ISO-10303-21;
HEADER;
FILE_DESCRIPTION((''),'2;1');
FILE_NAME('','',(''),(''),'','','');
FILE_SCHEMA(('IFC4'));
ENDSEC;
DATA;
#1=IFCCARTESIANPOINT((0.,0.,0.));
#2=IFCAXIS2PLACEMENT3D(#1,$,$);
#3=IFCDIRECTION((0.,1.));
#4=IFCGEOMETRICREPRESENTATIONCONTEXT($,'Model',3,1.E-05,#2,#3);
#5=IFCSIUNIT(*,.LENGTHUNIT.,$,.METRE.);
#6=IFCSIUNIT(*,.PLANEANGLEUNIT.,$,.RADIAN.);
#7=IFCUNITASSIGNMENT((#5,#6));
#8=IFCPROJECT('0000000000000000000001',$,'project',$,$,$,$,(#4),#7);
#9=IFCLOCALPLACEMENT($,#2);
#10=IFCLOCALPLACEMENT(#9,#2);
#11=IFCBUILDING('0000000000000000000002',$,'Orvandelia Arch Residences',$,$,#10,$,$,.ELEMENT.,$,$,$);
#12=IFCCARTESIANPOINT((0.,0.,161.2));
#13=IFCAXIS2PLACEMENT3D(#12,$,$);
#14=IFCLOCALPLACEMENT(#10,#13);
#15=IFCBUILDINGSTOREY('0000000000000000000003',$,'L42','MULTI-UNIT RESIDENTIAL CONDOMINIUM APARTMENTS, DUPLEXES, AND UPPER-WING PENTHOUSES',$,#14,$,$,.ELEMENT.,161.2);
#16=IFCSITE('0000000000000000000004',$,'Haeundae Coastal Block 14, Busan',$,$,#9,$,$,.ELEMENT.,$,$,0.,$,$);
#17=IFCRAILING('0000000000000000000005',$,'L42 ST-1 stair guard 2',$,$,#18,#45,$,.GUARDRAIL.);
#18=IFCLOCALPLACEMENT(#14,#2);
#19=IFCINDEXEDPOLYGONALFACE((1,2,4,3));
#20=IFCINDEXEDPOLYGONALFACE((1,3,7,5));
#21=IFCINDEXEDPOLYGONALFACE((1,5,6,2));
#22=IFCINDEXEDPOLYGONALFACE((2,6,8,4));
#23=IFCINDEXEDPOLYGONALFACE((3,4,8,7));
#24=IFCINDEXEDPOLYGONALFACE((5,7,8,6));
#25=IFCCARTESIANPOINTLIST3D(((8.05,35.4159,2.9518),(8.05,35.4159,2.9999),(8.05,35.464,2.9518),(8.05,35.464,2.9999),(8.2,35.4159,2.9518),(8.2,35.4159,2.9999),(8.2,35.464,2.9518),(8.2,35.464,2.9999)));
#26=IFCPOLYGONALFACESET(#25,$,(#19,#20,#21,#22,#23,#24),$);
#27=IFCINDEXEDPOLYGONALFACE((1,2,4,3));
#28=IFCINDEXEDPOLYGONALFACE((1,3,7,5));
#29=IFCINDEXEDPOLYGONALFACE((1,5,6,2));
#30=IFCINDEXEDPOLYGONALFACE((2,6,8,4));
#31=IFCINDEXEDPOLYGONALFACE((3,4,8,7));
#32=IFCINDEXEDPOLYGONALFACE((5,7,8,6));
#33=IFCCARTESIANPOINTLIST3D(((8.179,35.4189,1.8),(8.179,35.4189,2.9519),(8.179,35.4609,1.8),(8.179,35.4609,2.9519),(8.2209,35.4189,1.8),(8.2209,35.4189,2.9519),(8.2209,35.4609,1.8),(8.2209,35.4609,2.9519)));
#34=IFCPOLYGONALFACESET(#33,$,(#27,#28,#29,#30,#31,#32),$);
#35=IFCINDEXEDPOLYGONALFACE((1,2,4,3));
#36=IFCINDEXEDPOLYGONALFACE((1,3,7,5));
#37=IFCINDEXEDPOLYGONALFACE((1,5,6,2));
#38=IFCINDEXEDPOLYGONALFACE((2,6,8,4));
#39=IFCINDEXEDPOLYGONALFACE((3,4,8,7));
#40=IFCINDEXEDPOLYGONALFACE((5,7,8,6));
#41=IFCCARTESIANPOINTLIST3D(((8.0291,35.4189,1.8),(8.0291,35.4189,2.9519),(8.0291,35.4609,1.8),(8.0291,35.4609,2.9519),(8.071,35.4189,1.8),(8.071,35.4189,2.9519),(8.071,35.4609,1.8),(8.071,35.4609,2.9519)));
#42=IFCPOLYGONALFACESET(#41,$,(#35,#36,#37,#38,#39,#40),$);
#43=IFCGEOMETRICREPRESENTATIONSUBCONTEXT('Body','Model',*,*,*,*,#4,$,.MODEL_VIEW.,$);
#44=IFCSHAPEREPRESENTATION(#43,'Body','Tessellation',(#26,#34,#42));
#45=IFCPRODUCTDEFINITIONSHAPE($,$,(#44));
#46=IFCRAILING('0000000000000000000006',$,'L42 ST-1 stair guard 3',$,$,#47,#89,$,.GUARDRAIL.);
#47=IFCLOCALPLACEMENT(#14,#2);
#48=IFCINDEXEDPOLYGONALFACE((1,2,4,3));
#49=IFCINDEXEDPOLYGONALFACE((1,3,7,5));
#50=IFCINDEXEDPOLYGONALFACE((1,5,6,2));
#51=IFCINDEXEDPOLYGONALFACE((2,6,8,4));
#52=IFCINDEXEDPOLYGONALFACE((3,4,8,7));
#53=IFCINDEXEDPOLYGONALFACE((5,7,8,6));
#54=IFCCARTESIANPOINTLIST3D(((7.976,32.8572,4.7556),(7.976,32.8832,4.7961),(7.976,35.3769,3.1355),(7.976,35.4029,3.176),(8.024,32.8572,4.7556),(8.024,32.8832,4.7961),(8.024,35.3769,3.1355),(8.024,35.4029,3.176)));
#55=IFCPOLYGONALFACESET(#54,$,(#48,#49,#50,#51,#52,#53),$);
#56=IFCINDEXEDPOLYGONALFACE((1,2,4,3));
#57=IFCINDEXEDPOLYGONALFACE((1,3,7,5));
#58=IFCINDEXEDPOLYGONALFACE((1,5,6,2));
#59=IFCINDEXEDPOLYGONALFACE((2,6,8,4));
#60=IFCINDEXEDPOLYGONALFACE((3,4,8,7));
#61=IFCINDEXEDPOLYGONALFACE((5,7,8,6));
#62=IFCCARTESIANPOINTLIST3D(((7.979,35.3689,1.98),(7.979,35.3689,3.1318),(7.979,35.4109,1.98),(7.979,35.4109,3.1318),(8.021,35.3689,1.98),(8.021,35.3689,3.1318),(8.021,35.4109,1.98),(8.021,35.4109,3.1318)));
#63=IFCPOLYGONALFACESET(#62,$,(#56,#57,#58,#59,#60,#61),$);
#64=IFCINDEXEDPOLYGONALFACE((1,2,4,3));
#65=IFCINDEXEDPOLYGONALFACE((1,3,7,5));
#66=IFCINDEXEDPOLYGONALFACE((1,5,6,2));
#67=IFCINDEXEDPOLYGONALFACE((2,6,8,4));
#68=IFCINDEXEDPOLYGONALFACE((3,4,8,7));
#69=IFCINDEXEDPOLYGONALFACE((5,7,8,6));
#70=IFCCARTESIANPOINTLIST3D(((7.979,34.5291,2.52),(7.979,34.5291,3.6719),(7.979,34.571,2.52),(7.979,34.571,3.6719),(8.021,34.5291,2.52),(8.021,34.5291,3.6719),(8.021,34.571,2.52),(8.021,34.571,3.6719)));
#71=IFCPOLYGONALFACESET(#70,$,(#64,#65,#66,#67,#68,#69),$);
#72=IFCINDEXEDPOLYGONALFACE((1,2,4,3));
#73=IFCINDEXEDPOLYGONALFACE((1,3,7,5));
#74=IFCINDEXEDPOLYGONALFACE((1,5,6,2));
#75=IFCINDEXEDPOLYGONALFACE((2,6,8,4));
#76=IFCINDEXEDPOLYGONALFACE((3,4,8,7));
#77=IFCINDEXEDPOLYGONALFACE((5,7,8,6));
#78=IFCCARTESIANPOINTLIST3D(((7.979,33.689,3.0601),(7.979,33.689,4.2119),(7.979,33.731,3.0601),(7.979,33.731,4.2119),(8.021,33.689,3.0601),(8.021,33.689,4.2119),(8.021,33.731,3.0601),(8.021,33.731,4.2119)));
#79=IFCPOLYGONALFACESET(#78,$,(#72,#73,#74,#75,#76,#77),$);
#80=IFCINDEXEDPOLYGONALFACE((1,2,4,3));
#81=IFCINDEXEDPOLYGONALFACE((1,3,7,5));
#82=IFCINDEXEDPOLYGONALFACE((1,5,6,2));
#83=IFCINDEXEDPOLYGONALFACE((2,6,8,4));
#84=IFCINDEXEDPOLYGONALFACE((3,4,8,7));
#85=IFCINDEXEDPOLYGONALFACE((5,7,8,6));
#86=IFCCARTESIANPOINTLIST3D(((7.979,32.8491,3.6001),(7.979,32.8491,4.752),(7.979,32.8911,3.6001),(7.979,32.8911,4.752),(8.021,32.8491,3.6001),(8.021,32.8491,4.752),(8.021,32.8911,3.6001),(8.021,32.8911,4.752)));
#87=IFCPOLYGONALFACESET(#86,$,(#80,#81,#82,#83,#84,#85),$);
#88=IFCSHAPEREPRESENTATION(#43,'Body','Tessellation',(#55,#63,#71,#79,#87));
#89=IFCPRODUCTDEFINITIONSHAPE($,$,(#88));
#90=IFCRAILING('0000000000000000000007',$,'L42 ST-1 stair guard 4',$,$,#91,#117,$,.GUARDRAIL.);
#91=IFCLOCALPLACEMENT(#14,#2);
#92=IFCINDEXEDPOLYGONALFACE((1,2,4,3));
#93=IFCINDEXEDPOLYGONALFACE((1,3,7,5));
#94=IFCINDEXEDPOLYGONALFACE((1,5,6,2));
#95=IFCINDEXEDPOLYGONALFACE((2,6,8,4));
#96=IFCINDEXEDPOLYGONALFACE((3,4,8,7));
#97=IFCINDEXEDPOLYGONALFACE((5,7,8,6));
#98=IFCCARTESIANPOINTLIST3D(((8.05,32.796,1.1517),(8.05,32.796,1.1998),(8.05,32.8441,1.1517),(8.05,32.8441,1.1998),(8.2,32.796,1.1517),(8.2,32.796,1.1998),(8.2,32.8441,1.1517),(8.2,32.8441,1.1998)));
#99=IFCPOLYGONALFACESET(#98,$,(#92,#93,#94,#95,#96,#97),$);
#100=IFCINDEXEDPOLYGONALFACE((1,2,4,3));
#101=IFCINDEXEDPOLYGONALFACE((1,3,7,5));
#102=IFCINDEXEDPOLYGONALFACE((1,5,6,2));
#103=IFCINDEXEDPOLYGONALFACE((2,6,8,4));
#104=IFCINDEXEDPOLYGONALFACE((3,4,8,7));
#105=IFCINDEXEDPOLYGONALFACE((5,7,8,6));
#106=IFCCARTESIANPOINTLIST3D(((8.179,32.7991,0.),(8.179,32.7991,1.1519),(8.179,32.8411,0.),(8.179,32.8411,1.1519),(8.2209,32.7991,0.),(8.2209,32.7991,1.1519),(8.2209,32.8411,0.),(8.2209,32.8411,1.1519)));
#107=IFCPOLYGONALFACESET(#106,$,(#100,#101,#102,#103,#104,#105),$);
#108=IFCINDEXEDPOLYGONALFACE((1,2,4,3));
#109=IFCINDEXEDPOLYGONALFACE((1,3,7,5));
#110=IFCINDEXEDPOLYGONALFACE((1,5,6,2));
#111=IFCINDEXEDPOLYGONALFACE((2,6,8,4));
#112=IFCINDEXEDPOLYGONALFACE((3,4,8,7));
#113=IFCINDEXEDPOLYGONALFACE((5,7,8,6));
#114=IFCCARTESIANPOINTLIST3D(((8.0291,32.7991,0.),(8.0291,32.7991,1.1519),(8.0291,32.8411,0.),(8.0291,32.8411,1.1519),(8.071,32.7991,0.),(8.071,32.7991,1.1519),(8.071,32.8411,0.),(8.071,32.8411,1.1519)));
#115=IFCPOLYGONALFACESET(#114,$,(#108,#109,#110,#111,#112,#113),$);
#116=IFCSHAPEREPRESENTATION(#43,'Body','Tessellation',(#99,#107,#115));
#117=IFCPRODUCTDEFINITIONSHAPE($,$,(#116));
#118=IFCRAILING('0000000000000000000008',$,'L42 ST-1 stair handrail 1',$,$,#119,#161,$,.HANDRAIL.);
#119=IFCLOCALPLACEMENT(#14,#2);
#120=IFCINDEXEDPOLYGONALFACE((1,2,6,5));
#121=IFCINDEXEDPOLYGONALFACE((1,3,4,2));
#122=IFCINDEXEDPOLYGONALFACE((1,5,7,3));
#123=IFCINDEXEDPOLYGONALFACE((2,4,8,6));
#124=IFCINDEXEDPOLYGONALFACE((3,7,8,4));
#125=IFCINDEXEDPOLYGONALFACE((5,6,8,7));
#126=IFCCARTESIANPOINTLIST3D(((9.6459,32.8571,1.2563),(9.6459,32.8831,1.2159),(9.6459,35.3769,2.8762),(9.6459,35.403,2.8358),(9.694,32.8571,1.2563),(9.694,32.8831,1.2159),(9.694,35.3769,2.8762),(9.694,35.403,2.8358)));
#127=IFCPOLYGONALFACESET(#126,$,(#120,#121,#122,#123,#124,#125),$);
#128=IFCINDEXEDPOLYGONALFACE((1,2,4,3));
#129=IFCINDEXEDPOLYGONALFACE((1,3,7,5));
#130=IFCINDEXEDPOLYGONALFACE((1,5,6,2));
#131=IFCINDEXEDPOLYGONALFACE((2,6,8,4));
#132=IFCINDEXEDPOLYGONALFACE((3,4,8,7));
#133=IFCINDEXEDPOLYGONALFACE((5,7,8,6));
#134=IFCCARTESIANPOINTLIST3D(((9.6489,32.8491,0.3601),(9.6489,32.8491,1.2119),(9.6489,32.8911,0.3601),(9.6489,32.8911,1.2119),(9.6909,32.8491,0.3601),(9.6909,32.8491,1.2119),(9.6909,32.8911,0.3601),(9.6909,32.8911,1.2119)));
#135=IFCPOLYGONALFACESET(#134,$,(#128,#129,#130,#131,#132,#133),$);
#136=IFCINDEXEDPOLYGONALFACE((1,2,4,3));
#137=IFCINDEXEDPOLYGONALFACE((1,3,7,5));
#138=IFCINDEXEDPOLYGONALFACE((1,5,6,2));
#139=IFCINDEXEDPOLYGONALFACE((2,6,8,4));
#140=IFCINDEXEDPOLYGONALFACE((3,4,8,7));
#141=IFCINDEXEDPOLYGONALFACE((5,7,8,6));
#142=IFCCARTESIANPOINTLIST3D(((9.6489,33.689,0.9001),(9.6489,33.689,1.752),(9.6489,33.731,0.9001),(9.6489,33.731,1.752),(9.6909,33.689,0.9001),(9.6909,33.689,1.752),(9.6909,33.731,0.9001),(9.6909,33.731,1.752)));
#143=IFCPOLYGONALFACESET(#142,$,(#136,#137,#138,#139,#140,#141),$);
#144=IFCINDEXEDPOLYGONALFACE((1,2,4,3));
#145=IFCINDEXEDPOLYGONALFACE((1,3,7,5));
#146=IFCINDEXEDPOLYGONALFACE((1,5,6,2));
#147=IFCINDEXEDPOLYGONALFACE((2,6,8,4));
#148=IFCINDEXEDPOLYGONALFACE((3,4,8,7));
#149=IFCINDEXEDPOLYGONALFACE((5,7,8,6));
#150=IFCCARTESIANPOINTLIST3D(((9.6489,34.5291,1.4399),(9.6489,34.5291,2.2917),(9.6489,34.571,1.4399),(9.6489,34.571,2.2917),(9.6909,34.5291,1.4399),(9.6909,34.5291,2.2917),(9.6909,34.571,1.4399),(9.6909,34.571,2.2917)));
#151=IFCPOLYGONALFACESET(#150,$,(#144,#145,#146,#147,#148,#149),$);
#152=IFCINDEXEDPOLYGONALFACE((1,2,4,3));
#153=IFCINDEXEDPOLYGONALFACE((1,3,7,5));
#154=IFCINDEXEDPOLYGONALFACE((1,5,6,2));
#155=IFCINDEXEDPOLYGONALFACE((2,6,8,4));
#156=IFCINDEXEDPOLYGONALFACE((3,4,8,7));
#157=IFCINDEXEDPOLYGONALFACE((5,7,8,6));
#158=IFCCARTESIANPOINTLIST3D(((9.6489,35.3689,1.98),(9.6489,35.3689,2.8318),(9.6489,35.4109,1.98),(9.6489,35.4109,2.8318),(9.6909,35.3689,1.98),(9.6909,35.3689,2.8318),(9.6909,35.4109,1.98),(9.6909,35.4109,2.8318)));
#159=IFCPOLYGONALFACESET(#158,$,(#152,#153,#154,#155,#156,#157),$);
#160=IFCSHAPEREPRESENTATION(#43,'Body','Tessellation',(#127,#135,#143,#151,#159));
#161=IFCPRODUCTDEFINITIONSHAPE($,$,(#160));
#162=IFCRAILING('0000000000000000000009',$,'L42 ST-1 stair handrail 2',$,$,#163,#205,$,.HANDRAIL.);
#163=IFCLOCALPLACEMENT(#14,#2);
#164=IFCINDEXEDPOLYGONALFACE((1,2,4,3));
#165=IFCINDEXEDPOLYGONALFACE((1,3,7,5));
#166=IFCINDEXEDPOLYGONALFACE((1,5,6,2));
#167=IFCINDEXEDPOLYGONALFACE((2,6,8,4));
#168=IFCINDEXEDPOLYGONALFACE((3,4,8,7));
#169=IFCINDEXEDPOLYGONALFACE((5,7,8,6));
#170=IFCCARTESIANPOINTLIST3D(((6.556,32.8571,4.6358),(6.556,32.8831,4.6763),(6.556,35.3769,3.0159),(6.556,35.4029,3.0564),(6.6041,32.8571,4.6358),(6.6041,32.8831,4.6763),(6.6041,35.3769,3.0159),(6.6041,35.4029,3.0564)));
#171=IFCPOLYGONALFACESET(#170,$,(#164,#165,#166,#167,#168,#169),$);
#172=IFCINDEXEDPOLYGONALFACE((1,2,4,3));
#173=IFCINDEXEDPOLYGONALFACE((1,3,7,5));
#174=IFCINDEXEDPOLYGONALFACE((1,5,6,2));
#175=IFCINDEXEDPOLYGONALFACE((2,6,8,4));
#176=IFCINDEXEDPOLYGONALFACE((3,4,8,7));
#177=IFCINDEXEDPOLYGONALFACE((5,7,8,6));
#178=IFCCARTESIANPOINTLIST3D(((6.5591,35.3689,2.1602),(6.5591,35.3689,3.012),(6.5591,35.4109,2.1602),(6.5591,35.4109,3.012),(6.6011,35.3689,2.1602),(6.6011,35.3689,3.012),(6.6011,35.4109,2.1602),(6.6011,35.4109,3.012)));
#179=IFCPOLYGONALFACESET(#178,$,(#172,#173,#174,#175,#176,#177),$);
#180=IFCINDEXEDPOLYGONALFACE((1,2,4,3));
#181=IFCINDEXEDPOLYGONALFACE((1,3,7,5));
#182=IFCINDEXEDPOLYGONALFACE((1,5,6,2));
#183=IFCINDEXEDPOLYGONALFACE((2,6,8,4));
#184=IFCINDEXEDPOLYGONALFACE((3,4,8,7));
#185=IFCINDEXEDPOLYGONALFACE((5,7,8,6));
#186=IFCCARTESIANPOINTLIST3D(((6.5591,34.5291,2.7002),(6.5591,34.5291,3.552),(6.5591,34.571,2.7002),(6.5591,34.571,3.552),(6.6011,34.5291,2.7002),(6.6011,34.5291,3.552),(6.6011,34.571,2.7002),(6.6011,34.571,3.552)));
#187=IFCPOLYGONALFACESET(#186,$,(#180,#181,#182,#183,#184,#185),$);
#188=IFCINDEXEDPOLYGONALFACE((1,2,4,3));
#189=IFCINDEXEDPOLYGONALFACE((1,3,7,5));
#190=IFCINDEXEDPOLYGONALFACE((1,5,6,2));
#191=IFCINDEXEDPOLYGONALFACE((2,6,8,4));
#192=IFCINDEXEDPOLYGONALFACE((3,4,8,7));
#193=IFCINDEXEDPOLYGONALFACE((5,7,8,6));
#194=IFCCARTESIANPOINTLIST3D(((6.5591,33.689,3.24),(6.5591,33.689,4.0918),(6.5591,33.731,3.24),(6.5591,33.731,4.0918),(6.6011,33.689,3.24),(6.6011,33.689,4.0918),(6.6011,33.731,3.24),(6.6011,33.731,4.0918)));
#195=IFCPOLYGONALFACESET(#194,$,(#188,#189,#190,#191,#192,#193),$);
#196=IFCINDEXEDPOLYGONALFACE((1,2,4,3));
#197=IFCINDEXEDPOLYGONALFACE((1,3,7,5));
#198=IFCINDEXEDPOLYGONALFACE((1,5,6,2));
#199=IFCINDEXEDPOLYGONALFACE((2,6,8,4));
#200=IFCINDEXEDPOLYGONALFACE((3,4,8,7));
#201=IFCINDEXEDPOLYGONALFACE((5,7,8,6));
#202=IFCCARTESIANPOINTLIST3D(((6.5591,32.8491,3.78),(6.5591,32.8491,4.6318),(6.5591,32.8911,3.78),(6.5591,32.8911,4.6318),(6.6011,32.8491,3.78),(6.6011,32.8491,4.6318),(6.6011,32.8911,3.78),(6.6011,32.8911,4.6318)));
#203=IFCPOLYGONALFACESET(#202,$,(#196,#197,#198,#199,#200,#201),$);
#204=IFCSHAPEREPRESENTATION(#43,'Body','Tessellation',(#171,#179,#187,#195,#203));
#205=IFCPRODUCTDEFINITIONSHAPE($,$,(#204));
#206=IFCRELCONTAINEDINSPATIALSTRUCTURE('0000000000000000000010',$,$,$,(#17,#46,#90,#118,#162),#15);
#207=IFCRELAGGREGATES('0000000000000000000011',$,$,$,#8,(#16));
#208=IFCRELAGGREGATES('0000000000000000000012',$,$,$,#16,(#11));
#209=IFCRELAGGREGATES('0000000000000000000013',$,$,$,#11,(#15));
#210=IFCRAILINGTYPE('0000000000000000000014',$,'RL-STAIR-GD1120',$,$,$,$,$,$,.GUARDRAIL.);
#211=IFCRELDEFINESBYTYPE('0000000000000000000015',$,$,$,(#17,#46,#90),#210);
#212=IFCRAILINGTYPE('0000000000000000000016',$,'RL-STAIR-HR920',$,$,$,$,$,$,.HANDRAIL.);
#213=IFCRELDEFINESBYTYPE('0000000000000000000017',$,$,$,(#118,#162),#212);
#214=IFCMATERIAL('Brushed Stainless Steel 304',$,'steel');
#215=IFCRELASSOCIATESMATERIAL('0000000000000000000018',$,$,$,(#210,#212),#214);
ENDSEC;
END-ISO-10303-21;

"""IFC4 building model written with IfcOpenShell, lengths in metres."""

from ifc_helpers import new_model, si_unit, direction, frame, origin, origin_2d, place, context, subcontext, project, spatial, rectangle, extrude, material, type_object, element, save


model = new_model("IFC4")

# Units and contexts
model_context = context("Model", 3, precision=1e-05, world=origin(), true_north=direction((0.0, 1.0)))
body_context = subcontext(model_context, "Body", "Model", "MODEL_VIEW")
ifc_project = project(units=[si_unit("LENGTHUNIT", "METRE"), si_unit("PLANEANGLEUNIT", "RADIAN")], contexts=[model_context])

# Site, building, storey
site_placement = place(None, origin())
site = spatial("IfcSite", under=ifc_project, at=site_placement, Name="Haeundae Coastal Block 14, Busan", CompositionType="ELEMENT", RefElevation=0.0)
building_placement = place(site_placement, origin())
building = spatial("IfcBuilding", under=site, at=building_placement, Name="Orvandelia Arch Residences", CompositionType="ELEMENT")
storey_placement = place(building_placement, frame((0.0, 0.0, 161.2)))
storey = spatial("IfcBuildingStorey", under=building, at=storey_placement, Name="L42", Description="MULTI-UNIT RESIDENTIAL CONDOMINIUM APARTMENTS, DUPLEXES, AND UPPER-WING PENTHOUSES", CompositionType="ELEMENT", Elevation=161.2)

# Railings
ifc_material_1 = material(Name="Brushed Stainless Steel 304", Category="steel")
railing_type_1 = type_object("IfcRailingType", Name="RL-STAIR-GD1120", PredefinedType="GUARDRAIL", material=ifc_material_1)
railing_1_placement = place(storey_placement, frame((8.2, 35.4399, 1.8)))
element("IfcRailing", 1, at=railing_1_placement, inside=storey, type_object=railing_type_1, Name="L42 ST-1 stair guard 2", PredefinedType="GUARDRAIL", context=body_context, shape_type="SweptSolid", body=[
    extrude(rectangle(XDim=0.0481, YDim=0.0481, at=origin_2d()), frame((0.0, 0.0, 1.1758), z_axis=(-1.0, 0.0, 0.0), x_axis=(0.0, -1.0, 0.0)), (0.0, 0.0, 1.0), 0.1499),
    extrude(rectangle(XDim=0.042, YDim=0.042, at=origin_2d()), origin(), (0.0, 0.0, 1.0), 1.1519),
    extrude(rectangle(XDim=0.042, YDim=0.042, at=origin_2d()), frame((-0.1499, 0.0, 0.0)), (0.0, 0.0, 1.0), 1.1519),
])
railing_2_placement = place(storey_placement, frame((8.0, 35.3899, 1.98)))
element("IfcRailing", 2, at=railing_2_placement, inside=storey, type_object=railing_type_1, Name="L42 ST-1 stair guard 3", PredefinedType="GUARDRAIL", context=body_context, shape_type="SweptSolid", body=[
    extrude(rectangle(XDim=0.0481, YDim=0.0481, at=origin_2d()), frame((0.0, 0.0, 1.1758), z_axis=(0.0, -0.841139, 0.540819), x_axis=(1.0, 0.0, 0.0)), (0.0, 0.0, 1.0), 2.9956),
    extrude(rectangle(XDim=0.042, YDim=0.042, at=origin_2d()), origin(), (0.0, 0.0, 1.0), 1.1519),
    extrude(rectangle(XDim=0.042, YDim=0.042, at=origin_2d()), frame((0.0, -0.8398, 0.54)), (0.0, 0.0, 1.0), 1.1519),
    extrude(rectangle(XDim=0.042, YDim=0.042, at=origin_2d()), frame((0.0, -1.6799, 1.0801)), (0.0, 0.0, 1.0), 1.1519),
    extrude(rectangle(XDim=0.042, YDim=0.042, at=origin_2d()), frame((0.0, -2.5198, 1.6201)), (0.0, 0.0, 1.0), 1.1519),
])
railing_3_placement = place(storey_placement, frame((8.2, 32.8201, 0.0)))
element("IfcRailing", 3, at=railing_3_placement, inside=storey, type_object=railing_type_1, Name="L42 ST-1 stair guard 4", PredefinedType="GUARDRAIL", context=body_context, shape_type="SweptSolid", body=[
    extrude(rectangle(XDim=0.0481, YDim=0.0481, at=origin_2d()), frame((0.0, 0.0, 1.1758), z_axis=(-1.0, 0.0, 0.0), x_axis=(0.0, -1.0, 0.0)), (0.0, 0.0, 1.0), 0.1499),
    extrude(rectangle(XDim=0.042, YDim=0.042, at=origin_2d()), origin(), (0.0, 0.0, 1.0), 1.1519),
    extrude(rectangle(XDim=0.042, YDim=0.042, at=origin_2d()), frame((-0.1499, 0.0, 0.0)), (0.0, 0.0, 1.0), 1.1519),
])
railing_type_2 = type_object("IfcRailingType", Name="RL-STAIR-HR920", PredefinedType="HANDRAIL", material=ifc_material_1)
railing_4_placement = place(storey_placement, frame((9.6699, 32.8701, 0.3601)))
element("IfcRailing", 4, at=railing_4_placement, inside=storey, type_object=railing_type_2, Name="L42 ST-1 stair handrail 1", PredefinedType="HANDRAIL", context=body_context, shape_type="SweptSolid", body=[
    extrude(rectangle(XDim=0.0481, YDim=0.0481, at=origin_2d()), frame((0.0, 0.0, 0.876), z_axis=(0.0, 0.841176, 0.540762), x_axis=(-1.0, 0.0, 0.0)), (0.0, 0.0, 1.0), 2.9956),
    extrude(rectangle(XDim=0.042, YDim=0.042, at=origin_2d()), origin(), (0.0, 0.0, 1.0), 0.8518),
    extrude(rectangle(XDim=0.042, YDim=0.042, at=origin_2d()), frame((0.0, 0.8398, 0.54)), (0.0, 0.0, 1.0), 0.8518),
    extrude(rectangle(XDim=0.042, YDim=0.042, at=origin_2d()), frame((0.0, 1.6799, 1.0798)), (0.0, 0.0, 1.0), 0.8518),
    extrude(rectangle(XDim=0.042, YDim=0.042, at=origin_2d()), frame((0.0, 2.5198, 1.6199)), (0.0, 0.0, 1.0), 0.8518),
])
railing_5_placement = place(storey_placement, frame((6.5801, 35.3899, 2.1602)))
element("IfcRailing", 5, at=railing_5_placement, inside=storey, type_object=railing_type_2, Name="L42 ST-1 stair handrail 2", PredefinedType="HANDRAIL", context=body_context, shape_type="SweptSolid", body=[
    extrude(rectangle(XDim=0.0481, YDim=0.0481, at=origin_2d()), frame((0.0, 0.0, 0.876), z_axis=(0.0, -0.841176, 0.540762), x_axis=(1.0, 0.0, 0.0)), (0.0, 0.0, 1.0), 2.9956),
    extrude(rectangle(XDim=0.042, YDim=0.042, at=origin_2d()), origin(), (0.0, 0.0, 1.0), 0.8518),
    extrude(rectangle(XDim=0.042, YDim=0.042, at=origin_2d()), frame((0.0, -0.8398, 0.54)), (0.0, 0.0, 1.0), 0.8518),
    extrude(rectangle(XDim=0.042, YDim=0.042, at=origin_2d()), frame((0.0, -1.6799, 1.0798)), (0.0, 0.0, 1.0), 0.8518),
    extrude(rectangle(XDim=0.042, YDim=0.042, at=origin_2d()), frame((0.0, -2.5198, 1.6199)), (0.0, 0.0, 1.0), 0.8518),
])

save(model, "model.ifc")
